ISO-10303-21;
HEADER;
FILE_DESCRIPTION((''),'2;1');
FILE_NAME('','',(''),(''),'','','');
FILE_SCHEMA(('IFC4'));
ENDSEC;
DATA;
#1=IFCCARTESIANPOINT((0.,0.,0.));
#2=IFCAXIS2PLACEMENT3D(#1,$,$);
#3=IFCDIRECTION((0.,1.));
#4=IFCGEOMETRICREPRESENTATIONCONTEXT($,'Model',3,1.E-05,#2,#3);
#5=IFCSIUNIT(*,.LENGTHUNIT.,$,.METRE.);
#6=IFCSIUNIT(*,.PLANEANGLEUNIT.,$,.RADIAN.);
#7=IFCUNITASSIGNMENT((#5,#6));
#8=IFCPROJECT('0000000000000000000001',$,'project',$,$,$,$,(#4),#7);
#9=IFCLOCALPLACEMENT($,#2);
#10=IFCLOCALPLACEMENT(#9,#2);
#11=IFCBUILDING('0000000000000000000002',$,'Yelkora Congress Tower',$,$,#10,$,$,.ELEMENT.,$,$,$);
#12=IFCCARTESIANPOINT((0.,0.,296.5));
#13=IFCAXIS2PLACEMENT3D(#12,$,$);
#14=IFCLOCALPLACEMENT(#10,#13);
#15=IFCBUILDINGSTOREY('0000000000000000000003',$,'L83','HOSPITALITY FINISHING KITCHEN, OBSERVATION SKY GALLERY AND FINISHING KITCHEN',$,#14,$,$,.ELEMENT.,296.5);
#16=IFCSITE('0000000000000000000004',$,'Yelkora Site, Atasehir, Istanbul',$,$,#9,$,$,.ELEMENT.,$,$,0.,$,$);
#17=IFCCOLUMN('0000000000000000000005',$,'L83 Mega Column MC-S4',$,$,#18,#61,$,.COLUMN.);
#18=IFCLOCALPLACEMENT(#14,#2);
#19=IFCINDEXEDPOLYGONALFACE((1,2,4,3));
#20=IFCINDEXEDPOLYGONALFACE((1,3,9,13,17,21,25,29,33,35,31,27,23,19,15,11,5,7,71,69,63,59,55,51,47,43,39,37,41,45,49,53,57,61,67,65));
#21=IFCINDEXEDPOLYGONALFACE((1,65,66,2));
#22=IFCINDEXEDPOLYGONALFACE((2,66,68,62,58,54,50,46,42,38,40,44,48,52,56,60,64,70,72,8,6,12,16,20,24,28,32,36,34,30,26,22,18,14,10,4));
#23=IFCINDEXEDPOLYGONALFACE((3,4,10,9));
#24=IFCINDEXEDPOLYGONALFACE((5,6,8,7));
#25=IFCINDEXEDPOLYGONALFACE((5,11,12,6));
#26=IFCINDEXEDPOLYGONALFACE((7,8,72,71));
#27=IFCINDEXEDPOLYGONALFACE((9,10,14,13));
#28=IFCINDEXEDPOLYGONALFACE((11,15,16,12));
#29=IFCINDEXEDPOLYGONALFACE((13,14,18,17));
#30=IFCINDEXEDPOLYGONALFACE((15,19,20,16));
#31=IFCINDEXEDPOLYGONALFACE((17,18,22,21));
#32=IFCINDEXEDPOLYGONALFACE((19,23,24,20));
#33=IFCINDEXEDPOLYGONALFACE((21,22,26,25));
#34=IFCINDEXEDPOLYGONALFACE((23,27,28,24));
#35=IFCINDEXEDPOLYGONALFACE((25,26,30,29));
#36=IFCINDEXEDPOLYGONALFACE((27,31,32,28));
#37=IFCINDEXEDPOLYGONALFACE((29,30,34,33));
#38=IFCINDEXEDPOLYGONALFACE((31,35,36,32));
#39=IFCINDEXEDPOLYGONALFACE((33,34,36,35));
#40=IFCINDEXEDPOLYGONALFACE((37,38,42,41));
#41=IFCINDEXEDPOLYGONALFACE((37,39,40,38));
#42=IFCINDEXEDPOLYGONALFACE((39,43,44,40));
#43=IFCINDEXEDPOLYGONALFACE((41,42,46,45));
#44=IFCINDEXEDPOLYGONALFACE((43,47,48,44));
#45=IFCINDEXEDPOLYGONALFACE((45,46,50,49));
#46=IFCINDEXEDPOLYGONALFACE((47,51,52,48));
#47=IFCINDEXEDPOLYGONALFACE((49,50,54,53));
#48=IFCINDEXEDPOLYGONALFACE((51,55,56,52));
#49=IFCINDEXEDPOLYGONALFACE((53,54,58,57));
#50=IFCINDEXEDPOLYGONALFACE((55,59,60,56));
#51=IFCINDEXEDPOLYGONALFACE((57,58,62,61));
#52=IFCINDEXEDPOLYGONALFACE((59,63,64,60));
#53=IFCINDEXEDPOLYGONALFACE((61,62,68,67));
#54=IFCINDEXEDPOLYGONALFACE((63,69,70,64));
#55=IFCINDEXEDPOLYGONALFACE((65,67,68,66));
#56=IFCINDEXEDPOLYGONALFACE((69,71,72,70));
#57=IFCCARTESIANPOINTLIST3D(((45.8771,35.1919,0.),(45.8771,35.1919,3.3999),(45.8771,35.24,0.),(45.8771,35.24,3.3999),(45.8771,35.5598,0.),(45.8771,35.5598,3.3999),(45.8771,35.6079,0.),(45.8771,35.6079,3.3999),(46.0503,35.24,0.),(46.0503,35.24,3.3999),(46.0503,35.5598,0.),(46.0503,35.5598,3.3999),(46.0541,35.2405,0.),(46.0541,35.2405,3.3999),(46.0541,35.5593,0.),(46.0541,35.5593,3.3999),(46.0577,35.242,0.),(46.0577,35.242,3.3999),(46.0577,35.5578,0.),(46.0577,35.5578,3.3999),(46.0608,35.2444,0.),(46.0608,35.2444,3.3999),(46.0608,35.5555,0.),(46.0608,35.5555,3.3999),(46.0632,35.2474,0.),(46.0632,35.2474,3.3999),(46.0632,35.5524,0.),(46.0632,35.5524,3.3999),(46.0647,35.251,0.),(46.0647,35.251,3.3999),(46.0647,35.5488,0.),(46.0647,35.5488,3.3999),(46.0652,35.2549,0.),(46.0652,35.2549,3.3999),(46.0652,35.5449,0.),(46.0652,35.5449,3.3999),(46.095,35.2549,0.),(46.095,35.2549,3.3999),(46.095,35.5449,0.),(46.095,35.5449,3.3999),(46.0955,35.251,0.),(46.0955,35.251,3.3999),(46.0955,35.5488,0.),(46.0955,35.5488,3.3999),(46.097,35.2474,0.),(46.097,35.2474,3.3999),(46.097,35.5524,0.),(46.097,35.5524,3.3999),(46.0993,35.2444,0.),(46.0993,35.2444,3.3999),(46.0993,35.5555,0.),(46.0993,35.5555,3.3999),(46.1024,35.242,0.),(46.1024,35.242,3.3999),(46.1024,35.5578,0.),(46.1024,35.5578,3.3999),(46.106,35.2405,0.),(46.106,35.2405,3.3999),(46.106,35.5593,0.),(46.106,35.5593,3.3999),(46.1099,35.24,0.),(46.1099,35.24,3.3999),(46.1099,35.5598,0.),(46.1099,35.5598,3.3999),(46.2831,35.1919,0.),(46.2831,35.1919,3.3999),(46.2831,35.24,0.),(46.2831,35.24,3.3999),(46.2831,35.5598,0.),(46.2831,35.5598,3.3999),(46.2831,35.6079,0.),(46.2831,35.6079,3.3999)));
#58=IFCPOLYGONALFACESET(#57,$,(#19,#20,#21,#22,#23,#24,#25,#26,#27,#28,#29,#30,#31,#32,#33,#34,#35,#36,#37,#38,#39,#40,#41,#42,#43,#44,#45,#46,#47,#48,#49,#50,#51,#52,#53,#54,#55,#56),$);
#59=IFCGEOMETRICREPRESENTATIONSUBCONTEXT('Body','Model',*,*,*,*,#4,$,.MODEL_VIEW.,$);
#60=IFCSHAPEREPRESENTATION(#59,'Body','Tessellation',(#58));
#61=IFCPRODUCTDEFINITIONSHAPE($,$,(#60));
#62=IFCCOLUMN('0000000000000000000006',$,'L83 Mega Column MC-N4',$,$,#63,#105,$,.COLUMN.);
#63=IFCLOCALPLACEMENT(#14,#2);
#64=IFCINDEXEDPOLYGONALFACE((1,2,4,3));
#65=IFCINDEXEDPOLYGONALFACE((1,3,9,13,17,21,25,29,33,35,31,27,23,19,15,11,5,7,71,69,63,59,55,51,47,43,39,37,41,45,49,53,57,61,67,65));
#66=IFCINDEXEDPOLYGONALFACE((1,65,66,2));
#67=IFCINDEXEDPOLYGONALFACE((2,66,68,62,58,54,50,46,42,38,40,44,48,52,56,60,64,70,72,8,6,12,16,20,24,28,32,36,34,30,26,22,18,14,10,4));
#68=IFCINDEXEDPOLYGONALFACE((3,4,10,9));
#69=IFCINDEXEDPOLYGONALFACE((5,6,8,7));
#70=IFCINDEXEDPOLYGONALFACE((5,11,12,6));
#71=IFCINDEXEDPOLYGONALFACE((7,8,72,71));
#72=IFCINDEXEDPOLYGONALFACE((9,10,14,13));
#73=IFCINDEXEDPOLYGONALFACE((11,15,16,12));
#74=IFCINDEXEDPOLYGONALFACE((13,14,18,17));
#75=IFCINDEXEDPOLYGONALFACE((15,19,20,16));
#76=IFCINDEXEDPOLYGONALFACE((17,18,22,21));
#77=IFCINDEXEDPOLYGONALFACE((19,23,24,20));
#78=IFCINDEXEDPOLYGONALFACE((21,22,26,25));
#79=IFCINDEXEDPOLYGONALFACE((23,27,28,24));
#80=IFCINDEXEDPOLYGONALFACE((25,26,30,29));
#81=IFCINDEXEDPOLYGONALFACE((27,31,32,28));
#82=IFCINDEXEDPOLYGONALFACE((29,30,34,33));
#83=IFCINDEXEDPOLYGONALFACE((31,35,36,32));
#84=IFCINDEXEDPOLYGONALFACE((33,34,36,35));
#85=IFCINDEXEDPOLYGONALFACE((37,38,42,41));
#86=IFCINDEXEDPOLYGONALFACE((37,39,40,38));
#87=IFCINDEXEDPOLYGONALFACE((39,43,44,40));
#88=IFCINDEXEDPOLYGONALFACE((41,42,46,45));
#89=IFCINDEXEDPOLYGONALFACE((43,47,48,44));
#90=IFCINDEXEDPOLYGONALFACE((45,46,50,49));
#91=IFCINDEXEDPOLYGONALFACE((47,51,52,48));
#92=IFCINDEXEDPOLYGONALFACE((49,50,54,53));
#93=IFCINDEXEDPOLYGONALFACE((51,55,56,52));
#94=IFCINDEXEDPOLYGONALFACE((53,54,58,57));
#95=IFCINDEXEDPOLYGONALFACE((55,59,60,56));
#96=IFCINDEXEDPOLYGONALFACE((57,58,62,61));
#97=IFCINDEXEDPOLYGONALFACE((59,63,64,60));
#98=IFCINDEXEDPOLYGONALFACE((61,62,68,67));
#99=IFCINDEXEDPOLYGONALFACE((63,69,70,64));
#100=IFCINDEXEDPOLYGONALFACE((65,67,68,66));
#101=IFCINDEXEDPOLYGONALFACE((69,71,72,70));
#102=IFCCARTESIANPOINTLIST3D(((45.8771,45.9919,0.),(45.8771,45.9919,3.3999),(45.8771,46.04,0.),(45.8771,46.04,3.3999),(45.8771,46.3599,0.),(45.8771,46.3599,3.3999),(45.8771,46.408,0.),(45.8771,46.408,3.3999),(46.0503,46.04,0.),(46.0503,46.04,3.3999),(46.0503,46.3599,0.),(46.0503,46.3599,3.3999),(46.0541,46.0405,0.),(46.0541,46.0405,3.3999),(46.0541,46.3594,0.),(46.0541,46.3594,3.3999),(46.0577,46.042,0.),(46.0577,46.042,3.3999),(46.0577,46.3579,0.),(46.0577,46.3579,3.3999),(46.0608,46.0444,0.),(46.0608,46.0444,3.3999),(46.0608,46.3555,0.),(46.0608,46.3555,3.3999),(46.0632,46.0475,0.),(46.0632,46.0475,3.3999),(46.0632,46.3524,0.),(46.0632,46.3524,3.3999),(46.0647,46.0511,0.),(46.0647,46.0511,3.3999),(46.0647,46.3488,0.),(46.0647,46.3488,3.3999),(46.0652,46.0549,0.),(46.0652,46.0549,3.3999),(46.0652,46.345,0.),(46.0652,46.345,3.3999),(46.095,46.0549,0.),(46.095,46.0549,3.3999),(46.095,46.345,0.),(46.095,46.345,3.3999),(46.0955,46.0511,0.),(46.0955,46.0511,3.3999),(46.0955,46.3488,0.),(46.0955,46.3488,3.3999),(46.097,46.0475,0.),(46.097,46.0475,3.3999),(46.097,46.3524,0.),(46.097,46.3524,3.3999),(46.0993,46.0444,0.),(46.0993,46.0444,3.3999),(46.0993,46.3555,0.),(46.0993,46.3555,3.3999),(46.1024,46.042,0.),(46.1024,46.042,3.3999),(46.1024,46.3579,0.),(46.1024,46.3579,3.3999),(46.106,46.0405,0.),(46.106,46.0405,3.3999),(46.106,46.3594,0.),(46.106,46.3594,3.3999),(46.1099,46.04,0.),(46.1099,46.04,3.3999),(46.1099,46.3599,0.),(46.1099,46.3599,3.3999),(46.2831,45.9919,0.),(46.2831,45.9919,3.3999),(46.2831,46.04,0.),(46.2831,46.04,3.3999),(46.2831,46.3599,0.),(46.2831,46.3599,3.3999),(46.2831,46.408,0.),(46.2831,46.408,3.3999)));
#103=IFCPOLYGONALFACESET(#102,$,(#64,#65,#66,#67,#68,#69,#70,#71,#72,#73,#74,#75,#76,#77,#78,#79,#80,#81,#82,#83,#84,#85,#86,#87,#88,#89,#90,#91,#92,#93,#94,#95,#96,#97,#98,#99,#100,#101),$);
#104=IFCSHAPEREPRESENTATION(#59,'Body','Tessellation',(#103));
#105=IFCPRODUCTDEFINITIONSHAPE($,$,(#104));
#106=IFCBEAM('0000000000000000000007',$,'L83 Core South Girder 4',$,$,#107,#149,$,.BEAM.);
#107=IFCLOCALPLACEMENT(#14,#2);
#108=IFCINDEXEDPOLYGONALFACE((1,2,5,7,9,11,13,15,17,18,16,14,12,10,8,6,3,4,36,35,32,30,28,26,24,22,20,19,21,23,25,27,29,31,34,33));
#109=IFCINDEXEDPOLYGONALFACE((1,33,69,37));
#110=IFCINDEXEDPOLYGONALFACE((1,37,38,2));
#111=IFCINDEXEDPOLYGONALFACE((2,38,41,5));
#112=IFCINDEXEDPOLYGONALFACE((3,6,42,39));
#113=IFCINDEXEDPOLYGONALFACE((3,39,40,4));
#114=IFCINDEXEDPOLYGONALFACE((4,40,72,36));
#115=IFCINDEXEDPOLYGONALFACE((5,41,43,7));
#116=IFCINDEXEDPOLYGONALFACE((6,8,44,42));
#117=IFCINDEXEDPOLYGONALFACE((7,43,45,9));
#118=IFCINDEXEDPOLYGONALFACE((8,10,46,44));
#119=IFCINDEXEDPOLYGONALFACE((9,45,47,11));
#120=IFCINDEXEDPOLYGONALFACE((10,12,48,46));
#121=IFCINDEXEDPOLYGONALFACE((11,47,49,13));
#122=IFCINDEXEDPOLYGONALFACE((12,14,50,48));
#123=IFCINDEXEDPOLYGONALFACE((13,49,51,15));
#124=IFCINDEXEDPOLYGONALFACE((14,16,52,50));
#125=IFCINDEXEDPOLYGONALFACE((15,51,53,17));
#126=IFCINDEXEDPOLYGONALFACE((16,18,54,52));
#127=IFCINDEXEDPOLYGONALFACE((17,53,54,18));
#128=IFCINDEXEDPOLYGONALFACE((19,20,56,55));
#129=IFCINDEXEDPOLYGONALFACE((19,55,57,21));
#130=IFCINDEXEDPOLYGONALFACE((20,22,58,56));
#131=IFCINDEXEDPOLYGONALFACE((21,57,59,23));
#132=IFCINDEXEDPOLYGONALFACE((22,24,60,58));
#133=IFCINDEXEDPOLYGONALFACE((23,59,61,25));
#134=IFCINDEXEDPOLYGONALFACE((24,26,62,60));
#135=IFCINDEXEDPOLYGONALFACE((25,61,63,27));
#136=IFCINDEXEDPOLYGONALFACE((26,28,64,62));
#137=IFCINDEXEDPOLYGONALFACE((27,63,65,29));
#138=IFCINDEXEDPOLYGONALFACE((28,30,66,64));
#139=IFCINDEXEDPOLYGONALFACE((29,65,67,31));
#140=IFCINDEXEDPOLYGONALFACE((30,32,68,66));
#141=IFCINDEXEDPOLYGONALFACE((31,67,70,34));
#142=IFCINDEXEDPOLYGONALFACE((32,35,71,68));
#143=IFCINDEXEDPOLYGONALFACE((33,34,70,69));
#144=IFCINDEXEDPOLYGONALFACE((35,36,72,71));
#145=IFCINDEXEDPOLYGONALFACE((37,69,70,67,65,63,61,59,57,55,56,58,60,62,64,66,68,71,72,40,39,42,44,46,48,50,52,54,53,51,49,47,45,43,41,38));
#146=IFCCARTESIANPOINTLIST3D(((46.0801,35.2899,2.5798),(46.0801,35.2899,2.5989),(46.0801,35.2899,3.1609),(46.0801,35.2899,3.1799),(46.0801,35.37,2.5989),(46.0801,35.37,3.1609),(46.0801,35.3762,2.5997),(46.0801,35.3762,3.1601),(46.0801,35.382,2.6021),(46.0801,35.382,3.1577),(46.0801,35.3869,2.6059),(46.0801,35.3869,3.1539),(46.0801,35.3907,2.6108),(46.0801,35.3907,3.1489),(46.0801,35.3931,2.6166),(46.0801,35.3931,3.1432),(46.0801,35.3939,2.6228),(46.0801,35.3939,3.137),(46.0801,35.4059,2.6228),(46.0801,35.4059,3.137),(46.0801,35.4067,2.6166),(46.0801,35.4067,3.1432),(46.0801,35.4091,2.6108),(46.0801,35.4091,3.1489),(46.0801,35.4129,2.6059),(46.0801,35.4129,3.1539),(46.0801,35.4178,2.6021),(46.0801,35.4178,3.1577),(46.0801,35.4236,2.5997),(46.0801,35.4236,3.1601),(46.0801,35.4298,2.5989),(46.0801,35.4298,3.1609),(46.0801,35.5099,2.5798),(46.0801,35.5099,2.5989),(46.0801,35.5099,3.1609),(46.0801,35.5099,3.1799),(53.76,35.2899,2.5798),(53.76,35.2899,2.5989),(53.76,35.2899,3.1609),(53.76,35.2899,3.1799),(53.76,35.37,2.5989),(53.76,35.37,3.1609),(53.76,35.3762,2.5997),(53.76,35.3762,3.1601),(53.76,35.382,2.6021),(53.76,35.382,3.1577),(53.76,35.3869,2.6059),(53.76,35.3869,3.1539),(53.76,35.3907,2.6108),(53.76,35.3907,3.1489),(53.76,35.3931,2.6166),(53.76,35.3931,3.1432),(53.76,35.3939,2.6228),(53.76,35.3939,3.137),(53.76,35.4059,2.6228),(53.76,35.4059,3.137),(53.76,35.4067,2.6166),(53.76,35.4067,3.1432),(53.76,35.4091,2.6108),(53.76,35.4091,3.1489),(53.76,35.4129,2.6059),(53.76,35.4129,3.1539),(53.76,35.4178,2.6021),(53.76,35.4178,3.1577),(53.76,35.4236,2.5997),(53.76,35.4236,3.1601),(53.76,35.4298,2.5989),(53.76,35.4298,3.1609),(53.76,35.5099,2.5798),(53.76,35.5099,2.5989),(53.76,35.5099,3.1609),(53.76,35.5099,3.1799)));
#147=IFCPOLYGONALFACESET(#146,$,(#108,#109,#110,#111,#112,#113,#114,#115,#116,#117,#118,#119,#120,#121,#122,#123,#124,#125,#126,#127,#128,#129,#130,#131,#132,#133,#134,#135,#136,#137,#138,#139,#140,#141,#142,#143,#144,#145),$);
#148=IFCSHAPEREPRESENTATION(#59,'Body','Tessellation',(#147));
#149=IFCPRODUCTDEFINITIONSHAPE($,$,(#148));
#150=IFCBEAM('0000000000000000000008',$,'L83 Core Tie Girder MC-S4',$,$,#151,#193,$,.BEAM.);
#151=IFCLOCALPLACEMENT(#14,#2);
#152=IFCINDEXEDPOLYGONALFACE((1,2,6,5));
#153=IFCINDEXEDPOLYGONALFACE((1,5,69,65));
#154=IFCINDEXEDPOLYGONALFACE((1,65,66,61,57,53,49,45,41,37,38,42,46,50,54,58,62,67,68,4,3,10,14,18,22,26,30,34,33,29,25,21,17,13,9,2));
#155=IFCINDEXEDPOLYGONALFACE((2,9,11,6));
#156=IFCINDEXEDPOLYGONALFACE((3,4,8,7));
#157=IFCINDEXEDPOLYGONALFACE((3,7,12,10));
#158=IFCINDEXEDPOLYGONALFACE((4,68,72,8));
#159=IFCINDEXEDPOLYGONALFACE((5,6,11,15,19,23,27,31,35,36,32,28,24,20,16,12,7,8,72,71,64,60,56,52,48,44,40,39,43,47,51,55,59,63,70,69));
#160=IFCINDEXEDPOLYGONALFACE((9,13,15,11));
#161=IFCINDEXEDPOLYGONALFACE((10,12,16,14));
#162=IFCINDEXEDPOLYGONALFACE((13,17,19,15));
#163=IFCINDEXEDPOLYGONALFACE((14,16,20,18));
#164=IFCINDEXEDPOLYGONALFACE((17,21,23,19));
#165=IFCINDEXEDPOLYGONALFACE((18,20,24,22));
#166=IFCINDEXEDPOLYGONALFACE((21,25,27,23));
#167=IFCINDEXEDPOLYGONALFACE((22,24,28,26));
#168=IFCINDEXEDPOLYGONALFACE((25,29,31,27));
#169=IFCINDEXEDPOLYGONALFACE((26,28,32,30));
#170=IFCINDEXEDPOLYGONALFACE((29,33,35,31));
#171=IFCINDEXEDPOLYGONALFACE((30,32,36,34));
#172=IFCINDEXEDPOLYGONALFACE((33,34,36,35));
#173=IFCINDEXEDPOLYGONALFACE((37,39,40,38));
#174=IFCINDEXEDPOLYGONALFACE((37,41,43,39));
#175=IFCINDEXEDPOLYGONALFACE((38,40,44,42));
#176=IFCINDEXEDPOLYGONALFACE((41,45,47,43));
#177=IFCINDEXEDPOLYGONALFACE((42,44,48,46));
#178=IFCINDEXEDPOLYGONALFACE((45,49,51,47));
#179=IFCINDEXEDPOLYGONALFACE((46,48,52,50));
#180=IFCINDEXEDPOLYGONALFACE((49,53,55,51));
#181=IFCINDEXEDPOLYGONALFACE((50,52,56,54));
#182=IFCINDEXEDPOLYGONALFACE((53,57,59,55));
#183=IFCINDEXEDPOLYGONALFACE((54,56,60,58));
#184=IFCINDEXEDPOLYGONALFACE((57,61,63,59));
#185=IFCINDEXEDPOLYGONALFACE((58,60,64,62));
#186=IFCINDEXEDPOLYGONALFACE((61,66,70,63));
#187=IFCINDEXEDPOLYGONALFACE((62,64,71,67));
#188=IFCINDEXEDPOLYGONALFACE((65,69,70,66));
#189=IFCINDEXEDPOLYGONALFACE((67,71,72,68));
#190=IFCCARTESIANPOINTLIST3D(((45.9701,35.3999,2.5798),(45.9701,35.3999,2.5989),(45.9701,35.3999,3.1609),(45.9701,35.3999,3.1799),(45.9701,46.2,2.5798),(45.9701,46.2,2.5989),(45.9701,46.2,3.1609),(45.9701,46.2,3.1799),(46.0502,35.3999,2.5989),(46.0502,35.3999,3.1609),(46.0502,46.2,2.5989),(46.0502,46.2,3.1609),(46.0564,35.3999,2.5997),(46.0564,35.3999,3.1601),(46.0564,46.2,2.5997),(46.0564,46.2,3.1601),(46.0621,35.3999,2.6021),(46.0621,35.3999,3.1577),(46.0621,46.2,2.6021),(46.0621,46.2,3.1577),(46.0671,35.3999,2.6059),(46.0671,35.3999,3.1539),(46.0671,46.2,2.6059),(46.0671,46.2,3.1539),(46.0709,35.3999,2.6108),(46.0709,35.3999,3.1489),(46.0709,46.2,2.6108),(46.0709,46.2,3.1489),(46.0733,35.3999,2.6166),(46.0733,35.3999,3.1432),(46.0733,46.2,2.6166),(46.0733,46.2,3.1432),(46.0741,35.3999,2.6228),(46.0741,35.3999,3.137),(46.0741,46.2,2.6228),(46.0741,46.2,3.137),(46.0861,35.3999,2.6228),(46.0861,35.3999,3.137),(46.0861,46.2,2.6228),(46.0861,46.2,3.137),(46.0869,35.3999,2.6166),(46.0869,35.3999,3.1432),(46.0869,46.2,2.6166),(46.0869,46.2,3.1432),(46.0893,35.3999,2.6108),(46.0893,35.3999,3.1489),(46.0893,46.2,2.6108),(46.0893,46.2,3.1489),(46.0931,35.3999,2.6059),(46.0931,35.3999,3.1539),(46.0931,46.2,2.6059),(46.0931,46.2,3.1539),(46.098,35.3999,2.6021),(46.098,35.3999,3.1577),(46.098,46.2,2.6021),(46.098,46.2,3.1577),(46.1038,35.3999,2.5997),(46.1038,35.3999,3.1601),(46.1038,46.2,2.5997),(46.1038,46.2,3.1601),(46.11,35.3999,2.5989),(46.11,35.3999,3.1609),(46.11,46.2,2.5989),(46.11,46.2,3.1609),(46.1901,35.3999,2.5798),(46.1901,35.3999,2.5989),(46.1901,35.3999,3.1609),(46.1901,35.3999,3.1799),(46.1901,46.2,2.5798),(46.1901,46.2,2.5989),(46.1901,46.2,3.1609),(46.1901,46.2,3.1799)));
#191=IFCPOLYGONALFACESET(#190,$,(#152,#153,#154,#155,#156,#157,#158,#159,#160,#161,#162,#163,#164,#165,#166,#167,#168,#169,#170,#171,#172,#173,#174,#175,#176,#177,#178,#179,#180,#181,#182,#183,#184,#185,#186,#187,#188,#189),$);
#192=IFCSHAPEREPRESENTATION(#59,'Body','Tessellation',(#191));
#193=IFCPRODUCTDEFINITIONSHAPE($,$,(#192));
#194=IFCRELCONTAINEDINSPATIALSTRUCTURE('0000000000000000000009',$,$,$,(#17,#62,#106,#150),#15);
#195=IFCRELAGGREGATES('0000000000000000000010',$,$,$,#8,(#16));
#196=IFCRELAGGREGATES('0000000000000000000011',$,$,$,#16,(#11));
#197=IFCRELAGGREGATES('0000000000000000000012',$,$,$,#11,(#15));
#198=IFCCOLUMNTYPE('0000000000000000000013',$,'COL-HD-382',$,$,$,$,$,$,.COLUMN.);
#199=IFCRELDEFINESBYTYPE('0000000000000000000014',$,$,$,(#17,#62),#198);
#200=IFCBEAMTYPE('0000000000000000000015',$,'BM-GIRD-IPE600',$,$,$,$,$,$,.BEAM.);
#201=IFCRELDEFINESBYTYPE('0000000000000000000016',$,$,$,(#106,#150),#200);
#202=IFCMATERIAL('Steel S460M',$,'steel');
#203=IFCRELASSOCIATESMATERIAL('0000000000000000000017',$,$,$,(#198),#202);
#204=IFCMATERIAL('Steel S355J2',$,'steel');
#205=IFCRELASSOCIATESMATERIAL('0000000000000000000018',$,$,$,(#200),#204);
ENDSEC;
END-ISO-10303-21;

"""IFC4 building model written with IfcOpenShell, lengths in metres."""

from ifc_helpers import new_model, si_unit, direction, frame, origin, origin_2d, place, context, subcontext, project, spatial, i_section, extrude, material, material_profile, profile_set, type_object, element, save


model = new_model("IFC4")

# Units and contexts
model_context = context("Model", 3, precision=1e-05, world=origin(), true_north=direction((0.0, 1.0)))
body_context = subcontext(model_context, "Body", "Model", "MODEL_VIEW")
ifc_project = project(units=[si_unit("LENGTHUNIT", "METRE"), si_unit("PLANEANGLEUNIT", "RADIAN")], contexts=[model_context])

# Site, building, storey
site_placement = place(None, origin())
site = spatial("IfcSite", under=ifc_project, at=site_placement, Name="Yelkora Site, Atasehir, Istanbul", CompositionType="ELEMENT", RefElevation=0.0)
building_placement = place(site_placement, origin())
building = spatial("IfcBuilding", under=site, at=building_placement, Name="Yelkora Congress Tower", CompositionType="ELEMENT")
storey_placement = place(building_placement, frame((0.0, 0.0, 296.5)))
storey = spatial("IfcBuildingStorey", under=building, at=storey_placement, Name="L83", Description="HOSPITALITY FINISHING KITCHEN, OBSERVATION SKY GALLERY AND FINISHING KITCHEN", CompositionType="ELEMENT", Elevation=296.5)

# Columns
ifc_material_1 = material(Name="Steel S460M", Category="steel")
ifc_material_profile_1 = material_profile(ifc_material_1, i_section(OverallWidth=0.406, OverallDepth=0.416, WebThickness=0.0298, FlangeThickness=0.0481, FilletRadius=0.0149, at=origin_2d()), Name="HD 400x382")
ifc_profile_set_1 = profile_set([ifc_material_profile_1], Name="Steel S460M")
column_type = type_object("IfcColumnType", Name="COL-HD-382", PredefinedType="COLUMN", material=ifc_profile_set_1)
for number, where, z_axis, x_axis, name in (
    (1, (46.0801, 35.3999, 0.0), (0.0, 0.0, 1.0), (1.0, 0.0, 0.0), "L83 Mega Column MC-S4"),
    (2, (46.0801, 46.2, 0.0), (0.0, 0.0, 1.0), (1.0, 0.0, 0.0), "L83 Mega Column MC-N4"),
):
    element("IfcColumn", number, at=place(storey_placement, frame(where, z_axis=z_axis, x_axis=x_axis)), inside=storey, type_object=column_type, Name=name, PredefinedType="COLUMN", context=body_context, shape_type="SweptSolid", body=[
        extrude(i_section(OverallWidth=0.406, OverallDepth=0.416, WebThickness=0.0298, FlangeThickness=0.0481, FilletRadius=0.0149, at=origin_2d()), origin(), (0.0, 0.0, 1.0), 3.3999),
    ])

# Beams
ifc_material_2 = material(Name="Steel S355J2", Category="steel")
ifc_material_profile_2 = material_profile(ifc_material_2, i_section(OverallWidth=0.22, OverallDepth=0.6001, WebThickness=0.012, FlangeThickness=0.019, FilletRadius=0.0239, at=origin_2d()), Name="IPE 600")
ifc_profile_set_2 = profile_set([ifc_material_profile_2], Name="Steel S355J2")
beam_type = type_object("IfcBeamType", Name="BM-GIRD-IPE600", PredefinedType="BEAM", material=ifc_profile_set_2)
beam_1_placement = place(storey_placement, frame((46.0801, 35.3999, 2.8799), z_axis=(1.0, 0.0, 0.0), x_axis=(0.0, 1.0, 0.0)))
element("IfcBeam", 3, at=beam_1_placement, inside=storey, type_object=beam_type, Name="L83 Core South Girder 4", PredefinedType="BEAM", context=body_context, shape_type="SweptSolid", body=[
    extrude(i_section(OverallWidth=0.22, OverallDepth=0.6001, WebThickness=0.012, FlangeThickness=0.019, FilletRadius=0.0239, at=origin_2d()), origin(), (0.0, 0.0, 1.0), 7.6799),
])
beam_2_placement = place(storey_placement, frame((46.0801, 35.3999, 2.8799), z_axis=(0.0, 1.0, 0.0), x_axis=(-1.0, 0.0, 0.0)))
element("IfcBeam", 4, at=beam_2_placement, inside=storey, type_object=beam_type, Name="L83 Core Tie Girder MC-S4", PredefinedType="BEAM", context=body_context, shape_type="SweptSolid", body=[
    extrude(i_section(OverallWidth=0.22, OverallDepth=0.6001, WebThickness=0.012, FlangeThickness=0.019, FilletRadius=0.0239, at=origin_2d()), origin(), (0.0, 0.0, 1.0), 10.8),
])

save(model, "model.ifc")
